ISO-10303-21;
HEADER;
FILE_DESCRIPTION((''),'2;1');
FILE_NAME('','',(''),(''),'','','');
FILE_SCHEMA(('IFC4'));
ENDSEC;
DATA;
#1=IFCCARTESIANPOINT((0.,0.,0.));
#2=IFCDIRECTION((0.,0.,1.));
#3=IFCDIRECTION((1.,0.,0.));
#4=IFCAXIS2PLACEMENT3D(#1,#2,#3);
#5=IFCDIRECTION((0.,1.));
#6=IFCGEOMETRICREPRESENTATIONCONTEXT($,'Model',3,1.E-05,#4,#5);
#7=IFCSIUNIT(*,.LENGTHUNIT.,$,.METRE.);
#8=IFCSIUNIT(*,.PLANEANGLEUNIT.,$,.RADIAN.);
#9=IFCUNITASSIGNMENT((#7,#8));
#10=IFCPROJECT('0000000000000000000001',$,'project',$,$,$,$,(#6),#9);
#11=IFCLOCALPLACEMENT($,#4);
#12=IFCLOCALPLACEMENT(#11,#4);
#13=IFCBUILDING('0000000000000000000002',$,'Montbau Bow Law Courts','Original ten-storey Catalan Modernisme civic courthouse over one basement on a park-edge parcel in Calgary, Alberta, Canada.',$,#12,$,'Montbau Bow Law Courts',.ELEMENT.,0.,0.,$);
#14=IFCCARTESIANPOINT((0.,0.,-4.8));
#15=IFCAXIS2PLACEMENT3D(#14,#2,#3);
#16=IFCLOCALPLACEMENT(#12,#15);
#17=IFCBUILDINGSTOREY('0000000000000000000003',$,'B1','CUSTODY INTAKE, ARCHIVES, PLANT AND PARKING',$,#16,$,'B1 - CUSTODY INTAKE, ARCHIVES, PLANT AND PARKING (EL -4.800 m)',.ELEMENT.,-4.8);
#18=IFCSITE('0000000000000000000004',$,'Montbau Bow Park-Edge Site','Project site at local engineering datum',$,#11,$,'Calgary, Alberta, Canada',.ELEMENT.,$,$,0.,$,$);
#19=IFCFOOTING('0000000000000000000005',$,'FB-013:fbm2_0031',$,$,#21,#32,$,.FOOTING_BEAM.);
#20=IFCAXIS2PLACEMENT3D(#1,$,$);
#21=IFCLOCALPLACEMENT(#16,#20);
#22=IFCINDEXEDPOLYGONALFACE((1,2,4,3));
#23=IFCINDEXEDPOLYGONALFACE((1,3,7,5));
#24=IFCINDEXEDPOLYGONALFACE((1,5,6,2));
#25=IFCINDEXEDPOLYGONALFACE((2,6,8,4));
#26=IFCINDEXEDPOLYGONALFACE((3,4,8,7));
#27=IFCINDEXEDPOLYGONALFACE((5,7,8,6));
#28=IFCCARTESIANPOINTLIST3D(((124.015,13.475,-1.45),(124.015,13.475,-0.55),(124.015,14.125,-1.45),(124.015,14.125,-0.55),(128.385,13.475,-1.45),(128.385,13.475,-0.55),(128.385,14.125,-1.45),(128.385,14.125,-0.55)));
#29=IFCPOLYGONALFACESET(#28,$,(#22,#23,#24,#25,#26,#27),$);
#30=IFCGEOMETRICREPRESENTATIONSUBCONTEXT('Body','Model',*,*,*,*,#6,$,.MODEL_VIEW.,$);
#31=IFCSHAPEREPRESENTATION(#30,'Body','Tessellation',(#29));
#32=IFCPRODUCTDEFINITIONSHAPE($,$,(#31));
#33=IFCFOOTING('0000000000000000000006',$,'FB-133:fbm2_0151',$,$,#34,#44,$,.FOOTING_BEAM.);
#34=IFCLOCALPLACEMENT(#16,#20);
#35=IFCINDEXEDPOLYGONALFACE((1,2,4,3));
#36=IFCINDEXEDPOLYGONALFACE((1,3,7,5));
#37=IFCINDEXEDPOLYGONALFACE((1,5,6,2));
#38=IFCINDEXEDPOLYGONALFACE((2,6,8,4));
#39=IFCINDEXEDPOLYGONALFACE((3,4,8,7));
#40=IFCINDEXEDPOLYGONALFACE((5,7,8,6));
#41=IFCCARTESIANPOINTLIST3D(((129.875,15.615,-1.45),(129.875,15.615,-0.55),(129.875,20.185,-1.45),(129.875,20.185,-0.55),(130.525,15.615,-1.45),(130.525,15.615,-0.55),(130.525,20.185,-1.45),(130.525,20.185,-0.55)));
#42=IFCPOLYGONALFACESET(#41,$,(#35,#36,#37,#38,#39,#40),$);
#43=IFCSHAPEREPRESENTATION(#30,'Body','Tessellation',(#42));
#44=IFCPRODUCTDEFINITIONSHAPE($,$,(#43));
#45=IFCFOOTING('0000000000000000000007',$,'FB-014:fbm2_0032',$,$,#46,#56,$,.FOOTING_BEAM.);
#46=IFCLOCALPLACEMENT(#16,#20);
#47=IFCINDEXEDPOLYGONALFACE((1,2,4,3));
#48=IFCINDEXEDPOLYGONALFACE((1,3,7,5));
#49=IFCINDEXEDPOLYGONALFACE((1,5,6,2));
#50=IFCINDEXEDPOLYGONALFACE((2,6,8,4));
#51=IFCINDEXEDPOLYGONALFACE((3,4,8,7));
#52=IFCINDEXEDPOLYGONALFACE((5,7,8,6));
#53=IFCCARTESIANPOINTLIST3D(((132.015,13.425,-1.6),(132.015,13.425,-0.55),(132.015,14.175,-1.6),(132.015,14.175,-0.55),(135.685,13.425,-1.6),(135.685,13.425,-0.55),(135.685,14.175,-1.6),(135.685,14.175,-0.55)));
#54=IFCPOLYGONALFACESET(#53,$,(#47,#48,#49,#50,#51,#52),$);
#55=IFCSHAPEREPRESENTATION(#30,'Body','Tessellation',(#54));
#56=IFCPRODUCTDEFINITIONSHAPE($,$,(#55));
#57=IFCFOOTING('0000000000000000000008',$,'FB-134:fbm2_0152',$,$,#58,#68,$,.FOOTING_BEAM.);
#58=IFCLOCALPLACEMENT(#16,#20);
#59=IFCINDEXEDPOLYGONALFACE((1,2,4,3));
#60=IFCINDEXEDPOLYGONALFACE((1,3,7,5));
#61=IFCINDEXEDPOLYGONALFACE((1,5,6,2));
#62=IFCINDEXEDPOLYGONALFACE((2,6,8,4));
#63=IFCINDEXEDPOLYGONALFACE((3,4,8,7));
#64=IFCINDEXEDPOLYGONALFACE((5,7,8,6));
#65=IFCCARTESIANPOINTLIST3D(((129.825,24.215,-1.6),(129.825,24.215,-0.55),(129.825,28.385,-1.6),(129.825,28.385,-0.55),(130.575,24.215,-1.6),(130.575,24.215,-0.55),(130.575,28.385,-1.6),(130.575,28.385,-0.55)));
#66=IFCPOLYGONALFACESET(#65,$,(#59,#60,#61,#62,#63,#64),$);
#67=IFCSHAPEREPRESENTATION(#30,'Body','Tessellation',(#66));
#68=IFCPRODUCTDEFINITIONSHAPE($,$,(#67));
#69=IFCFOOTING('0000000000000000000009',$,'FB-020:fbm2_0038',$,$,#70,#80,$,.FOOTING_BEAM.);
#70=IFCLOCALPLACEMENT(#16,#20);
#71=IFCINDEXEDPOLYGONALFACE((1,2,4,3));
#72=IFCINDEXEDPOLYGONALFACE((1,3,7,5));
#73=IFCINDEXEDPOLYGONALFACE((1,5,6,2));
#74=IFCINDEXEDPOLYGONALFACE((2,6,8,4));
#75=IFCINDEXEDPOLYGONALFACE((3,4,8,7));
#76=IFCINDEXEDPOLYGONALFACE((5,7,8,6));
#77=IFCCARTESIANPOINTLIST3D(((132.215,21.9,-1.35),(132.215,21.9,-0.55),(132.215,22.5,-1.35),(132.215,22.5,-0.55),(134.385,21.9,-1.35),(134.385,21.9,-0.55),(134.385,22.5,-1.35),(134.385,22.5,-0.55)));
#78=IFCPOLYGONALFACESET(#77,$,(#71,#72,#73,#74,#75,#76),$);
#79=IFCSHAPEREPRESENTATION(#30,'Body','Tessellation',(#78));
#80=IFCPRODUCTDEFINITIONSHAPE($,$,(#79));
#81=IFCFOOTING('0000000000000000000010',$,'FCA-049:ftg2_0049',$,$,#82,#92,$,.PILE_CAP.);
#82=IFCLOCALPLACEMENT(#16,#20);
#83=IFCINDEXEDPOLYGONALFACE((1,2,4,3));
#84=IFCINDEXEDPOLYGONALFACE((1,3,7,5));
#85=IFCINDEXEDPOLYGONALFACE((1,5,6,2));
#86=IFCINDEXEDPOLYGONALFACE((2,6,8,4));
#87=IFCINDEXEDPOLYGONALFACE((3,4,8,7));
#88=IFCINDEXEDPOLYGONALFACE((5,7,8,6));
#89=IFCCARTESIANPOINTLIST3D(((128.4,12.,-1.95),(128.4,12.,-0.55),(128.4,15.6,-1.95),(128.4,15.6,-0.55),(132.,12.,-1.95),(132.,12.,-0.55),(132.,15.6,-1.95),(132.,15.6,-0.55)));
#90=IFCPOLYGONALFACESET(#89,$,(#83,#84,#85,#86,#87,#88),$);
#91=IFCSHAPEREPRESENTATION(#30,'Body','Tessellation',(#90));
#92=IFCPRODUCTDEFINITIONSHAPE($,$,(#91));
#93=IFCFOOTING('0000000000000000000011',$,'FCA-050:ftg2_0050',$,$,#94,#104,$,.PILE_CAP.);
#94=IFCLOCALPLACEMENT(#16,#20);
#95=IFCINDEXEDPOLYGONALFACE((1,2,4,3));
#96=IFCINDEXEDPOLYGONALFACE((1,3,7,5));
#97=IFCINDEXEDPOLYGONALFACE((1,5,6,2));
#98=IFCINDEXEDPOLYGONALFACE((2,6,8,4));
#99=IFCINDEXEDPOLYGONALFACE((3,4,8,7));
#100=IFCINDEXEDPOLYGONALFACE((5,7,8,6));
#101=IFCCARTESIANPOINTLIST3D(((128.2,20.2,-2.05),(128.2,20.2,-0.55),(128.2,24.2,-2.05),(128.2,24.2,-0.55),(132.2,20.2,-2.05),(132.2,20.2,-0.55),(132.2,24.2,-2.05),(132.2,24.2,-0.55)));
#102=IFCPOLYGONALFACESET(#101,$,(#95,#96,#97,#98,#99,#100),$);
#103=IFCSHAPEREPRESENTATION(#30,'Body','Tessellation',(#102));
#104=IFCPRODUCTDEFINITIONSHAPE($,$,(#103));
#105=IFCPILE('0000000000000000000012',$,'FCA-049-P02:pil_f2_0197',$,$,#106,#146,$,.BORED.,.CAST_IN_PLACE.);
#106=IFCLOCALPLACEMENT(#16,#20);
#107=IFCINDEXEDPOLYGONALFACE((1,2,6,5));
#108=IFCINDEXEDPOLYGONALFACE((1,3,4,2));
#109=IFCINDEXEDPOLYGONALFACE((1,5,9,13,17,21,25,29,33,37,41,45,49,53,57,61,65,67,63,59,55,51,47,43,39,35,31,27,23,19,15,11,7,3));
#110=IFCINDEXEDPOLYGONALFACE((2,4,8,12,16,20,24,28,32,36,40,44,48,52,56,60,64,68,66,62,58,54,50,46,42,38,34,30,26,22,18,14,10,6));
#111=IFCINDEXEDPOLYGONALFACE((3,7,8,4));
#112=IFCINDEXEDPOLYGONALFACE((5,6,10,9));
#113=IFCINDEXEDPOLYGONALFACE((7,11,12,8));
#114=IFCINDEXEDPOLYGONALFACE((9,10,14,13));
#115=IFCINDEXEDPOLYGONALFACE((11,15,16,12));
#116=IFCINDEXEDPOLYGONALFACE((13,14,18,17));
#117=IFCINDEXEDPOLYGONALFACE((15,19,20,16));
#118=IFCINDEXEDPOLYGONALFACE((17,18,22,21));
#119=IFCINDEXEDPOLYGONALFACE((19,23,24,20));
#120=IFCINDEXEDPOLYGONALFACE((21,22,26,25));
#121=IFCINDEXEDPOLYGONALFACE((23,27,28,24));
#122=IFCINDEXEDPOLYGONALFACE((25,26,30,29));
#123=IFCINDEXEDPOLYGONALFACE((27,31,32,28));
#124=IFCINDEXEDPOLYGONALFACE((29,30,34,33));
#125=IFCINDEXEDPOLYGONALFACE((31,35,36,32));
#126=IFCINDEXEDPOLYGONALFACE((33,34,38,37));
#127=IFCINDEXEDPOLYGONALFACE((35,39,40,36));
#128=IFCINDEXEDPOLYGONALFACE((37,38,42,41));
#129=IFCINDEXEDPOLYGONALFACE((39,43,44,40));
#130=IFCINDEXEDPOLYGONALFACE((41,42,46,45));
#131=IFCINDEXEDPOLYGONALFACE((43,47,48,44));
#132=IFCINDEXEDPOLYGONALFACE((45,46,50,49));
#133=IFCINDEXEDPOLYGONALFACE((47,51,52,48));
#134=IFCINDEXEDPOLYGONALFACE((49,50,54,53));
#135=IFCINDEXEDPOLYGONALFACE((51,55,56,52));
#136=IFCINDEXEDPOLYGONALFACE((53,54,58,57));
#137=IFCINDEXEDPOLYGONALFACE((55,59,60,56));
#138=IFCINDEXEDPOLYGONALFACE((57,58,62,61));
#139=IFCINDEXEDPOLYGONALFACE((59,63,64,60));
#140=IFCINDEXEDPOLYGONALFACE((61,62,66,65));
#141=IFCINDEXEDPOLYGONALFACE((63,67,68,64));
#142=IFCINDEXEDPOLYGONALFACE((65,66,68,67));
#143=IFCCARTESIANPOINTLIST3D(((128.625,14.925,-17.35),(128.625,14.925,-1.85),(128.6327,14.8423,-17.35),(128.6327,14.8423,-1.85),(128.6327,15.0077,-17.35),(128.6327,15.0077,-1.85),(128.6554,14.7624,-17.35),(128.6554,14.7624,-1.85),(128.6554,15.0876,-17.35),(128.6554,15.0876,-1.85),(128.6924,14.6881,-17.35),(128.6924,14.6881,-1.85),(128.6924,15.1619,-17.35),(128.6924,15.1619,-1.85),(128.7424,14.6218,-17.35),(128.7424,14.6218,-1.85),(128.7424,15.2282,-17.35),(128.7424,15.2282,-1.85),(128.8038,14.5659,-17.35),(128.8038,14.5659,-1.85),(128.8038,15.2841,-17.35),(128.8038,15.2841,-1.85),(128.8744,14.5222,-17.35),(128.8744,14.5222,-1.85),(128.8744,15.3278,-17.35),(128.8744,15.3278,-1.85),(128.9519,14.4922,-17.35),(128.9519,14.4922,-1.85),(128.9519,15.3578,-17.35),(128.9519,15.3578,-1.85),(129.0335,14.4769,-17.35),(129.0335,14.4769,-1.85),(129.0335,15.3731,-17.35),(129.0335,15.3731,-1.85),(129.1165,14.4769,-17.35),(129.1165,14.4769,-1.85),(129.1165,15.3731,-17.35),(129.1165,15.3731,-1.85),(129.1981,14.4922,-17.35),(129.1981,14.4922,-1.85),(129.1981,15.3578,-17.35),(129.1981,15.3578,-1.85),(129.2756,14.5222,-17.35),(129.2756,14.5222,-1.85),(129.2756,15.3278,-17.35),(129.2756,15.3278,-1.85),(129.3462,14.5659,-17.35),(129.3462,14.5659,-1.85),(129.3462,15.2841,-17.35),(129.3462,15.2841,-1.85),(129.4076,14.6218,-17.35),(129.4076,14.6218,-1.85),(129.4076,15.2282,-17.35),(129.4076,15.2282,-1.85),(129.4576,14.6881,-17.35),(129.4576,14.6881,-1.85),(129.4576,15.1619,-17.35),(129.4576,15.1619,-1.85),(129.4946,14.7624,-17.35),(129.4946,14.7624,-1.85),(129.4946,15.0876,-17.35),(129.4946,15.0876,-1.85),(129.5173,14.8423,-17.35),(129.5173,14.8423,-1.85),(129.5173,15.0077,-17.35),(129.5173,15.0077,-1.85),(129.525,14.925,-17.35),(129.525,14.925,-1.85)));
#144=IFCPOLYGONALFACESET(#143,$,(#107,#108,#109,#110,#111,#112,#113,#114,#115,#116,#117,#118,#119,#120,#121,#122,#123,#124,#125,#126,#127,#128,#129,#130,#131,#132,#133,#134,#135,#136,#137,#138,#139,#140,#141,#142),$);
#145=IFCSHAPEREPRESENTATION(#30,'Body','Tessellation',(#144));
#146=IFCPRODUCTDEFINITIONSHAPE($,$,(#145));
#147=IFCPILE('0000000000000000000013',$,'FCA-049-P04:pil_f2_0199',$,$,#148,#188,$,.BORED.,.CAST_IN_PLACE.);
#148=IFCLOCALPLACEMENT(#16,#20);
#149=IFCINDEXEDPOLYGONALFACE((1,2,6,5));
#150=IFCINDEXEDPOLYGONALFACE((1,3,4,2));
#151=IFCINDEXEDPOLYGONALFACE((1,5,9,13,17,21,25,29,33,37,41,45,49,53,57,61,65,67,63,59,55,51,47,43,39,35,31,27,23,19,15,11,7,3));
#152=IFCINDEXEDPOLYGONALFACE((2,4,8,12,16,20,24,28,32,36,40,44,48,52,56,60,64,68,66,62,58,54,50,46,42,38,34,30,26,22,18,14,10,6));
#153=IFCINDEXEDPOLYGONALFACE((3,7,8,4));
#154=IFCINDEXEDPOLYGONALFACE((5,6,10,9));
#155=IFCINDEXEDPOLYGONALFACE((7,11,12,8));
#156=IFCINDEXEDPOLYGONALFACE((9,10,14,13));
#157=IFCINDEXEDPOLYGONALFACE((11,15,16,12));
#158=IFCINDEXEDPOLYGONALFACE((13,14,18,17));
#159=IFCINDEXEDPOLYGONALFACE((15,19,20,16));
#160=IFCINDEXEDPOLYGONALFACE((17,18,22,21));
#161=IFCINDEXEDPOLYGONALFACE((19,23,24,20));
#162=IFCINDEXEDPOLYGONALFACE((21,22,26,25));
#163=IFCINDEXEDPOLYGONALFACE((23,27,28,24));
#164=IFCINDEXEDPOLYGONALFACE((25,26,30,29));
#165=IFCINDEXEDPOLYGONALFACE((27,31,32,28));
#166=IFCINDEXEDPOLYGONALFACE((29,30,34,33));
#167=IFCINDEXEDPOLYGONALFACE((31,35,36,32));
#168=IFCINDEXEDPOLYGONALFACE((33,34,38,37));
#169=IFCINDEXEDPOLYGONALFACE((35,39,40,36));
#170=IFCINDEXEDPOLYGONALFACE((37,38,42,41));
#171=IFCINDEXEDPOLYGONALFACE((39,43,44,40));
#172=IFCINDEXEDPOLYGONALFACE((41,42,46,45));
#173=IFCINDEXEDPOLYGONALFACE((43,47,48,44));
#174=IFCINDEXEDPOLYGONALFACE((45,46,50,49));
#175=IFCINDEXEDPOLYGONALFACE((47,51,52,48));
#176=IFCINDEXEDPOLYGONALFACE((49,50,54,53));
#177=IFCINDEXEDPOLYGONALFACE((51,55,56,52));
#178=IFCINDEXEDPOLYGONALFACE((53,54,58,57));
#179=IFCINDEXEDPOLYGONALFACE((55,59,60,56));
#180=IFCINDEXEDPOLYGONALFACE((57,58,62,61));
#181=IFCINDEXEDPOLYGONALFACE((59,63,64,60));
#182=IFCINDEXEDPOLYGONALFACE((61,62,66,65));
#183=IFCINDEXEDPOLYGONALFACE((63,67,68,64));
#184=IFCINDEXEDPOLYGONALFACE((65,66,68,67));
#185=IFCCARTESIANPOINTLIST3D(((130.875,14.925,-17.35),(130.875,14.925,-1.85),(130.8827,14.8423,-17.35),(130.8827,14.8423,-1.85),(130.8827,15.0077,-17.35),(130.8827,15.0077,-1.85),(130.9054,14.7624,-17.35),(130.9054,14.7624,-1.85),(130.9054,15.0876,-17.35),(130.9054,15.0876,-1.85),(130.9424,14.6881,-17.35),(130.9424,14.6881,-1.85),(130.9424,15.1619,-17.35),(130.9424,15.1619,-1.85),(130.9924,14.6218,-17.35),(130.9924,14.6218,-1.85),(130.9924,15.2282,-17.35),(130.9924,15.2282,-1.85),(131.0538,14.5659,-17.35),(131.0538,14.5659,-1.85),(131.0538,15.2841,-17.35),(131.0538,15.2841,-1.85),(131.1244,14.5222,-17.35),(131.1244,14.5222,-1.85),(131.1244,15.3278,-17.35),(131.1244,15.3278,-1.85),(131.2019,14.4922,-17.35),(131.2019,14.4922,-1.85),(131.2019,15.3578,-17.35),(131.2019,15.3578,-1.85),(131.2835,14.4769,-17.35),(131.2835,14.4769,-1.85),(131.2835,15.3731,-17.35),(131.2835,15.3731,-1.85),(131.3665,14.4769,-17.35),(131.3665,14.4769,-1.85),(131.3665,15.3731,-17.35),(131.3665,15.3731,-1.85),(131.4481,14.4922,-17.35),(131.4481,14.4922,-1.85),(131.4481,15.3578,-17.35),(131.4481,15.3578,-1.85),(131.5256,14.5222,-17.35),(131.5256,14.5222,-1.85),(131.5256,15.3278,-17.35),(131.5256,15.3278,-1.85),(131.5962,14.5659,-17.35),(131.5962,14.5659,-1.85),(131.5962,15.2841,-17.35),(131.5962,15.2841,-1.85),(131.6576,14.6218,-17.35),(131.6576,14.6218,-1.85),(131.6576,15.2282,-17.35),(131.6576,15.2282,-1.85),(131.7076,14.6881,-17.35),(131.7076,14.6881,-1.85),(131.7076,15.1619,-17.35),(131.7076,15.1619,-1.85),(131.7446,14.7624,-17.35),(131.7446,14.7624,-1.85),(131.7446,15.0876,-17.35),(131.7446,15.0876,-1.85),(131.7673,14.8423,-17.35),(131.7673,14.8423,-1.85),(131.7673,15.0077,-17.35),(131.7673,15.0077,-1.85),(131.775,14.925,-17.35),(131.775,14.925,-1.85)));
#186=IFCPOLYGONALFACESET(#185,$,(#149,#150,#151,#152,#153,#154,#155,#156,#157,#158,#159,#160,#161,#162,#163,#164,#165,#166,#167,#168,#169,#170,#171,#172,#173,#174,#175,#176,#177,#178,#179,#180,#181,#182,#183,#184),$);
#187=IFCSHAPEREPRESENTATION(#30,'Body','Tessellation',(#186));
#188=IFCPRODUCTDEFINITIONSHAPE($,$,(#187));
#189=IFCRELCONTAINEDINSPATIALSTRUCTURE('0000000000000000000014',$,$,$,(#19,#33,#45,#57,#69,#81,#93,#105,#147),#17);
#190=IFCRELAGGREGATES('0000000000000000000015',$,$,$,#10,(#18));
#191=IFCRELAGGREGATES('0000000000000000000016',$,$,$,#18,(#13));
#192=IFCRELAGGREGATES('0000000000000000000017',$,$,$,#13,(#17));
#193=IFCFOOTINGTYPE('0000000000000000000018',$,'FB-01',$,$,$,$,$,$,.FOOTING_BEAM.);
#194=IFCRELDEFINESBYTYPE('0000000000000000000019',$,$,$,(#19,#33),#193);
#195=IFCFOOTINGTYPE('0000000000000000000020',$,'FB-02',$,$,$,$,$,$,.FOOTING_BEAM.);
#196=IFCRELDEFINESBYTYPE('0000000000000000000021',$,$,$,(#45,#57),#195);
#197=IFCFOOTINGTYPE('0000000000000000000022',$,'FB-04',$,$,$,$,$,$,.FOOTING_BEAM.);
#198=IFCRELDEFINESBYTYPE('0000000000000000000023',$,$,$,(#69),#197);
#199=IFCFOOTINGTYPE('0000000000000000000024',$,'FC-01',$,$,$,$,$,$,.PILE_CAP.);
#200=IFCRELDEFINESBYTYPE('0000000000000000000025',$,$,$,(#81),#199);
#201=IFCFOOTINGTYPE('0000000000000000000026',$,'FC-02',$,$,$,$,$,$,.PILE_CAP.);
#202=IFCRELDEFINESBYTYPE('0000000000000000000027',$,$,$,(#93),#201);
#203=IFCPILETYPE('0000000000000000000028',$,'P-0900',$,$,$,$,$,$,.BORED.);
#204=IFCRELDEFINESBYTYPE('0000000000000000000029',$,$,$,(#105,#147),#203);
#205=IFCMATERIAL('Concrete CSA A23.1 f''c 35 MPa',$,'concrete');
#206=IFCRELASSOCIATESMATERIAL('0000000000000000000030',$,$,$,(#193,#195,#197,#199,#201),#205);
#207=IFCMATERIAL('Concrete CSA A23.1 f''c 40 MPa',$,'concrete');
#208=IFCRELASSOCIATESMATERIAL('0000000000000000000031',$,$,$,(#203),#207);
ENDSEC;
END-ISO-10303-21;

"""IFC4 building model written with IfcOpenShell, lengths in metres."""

from ifc_helpers import new_model, si_unit, direction, frame, origin_with_axes, origin_2d_with_axis, place, context, subcontext, project, spatial, rectangle, circle, extrude, material, material_profile, profile_set, type_object, element, save


model = new_model("IFC4")

# Units and contexts
model_context = context("Model", 3, precision=1e-05, world=origin_with_axes(), true_north=direction((0.0, 1.0)))
body_context = subcontext(model_context, "Body", "Model", "MODEL_VIEW")
ifc_project = project(units=[si_unit("LENGTHUNIT", "METRE"), si_unit("PLANEANGLEUNIT", "RADIAN")], contexts=[model_context])

# Site, building, storey
site_placement = place(None, origin_with_axes())
site = spatial("IfcSite", under=ifc_project, at=site_placement, Name="Montbau Bow Park-Edge Site", Description="Project site at local engineering datum", LongName="Calgary, Alberta, Canada", CompositionType="ELEMENT", RefElevation=0.0)
building_placement = place(site_placement, origin_with_axes())
building = spatial("IfcBuilding", under=site, at=building_placement, Name="Montbau Bow Law Courts", Description="Original ten-storey Catalan Modernisme civic courthouse over one basement on a park-edge parcel in Calgary, Alberta, Canada.", LongName="Montbau Bow Law Courts", CompositionType="ELEMENT", ElevationOfRefHeight=0.0, ElevationOfTerrain=0.0)
storey_placement = place(building_placement, frame((0.0, 0.0, -4.8), z_axis=(0.0, 0.0, 1.0), x_axis=(1.0, 0.0, 0.0)))
storey = spatial("IfcBuildingStorey", under=building, at=storey_placement, Name="B1", Description="CUSTODY INTAKE, ARCHIVES, PLANT AND PARKING", LongName="B1 - CUSTODY INTAKE, ARCHIVES, PLANT AND PARKING (EL -4.800 m)", CompositionType="ELEMENT", Elevation=-4.8)

# Footings
ifc_material_1 = material(Name="Concrete CSA A23.1 f'c 35 MPa", Category="concrete")
footing_type_1 = type_object("IfcFootingType", Name="FB-01", PredefinedType="FOOTING_BEAM", material=ifc_material_1)
footing_1_placement = place(None, frame((126.2, 13.8, -6.25), z_axis=(0.0, 0.0, 1.0), x_axis=(1.0, 0.0, 0.0)))
element("IfcFooting", 1, at=footing_1_placement, inside=storey, type_object=footing_type_1, Name="FB-013:fbm2_0031", PredefinedType="FOOTING_BEAM", context=body_context, shape_type="SweptSolid", body=[
    extrude(rectangle(XDim=4.37, YDim=0.65, at=origin_2d_with_axis()), origin_with_axes(), (0.0, 0.0, 1.0), 0.9),
])
footing_2_placement = place(None, frame((130.2, 17.9, -6.25), z_axis=(0.0, 0.0, 1.0), x_axis=(0.0, 1.0, 0.0)))
element("IfcFooting", 2, at=footing_2_placement, inside=storey, type_object=footing_type_1, Name="FB-133:fbm2_0151", PredefinedType="FOOTING_BEAM", context=body_context, shape_type="SweptSolid", body=[
    extrude(rectangle(XDim=4.57, YDim=0.65, at=origin_2d_with_axis()), origin_with_axes(), (0.0, 0.0, 1.0), 0.9),
])
footing_type_2 = type_object("IfcFootingType", Name="FB-02", PredefinedType="FOOTING_BEAM", material=ifc_material_1)
footing_3_placement = place(None, frame((133.85, 13.8, -6.4), z_axis=(0.0, 0.0, 1.0), x_axis=(1.0, 0.0, 0.0)))
element("IfcFooting", 3, at=footing_3_placement, inside=storey, type_object=footing_type_2, Name="FB-014:fbm2_0032", PredefinedType="FOOTING_BEAM", context=body_context, shape_type="SweptSolid", body=[
    extrude(rectangle(XDim=3.67, YDim=0.75, at=origin_2d_with_axis()), origin_with_axes(), (0.0, 0.0, 1.0), 1.05),
])
footing_4_placement = place(None, frame((130.2, 26.3, -6.4), z_axis=(0.0, 0.0, 1.0), x_axis=(0.0, 1.0, 0.0)))
element("IfcFooting", 4, at=footing_4_placement, inside=storey, type_object=footing_type_2, Name="FB-134:fbm2_0152", PredefinedType="FOOTING_BEAM", context=body_context, shape_type="SweptSolid", body=[
    extrude(rectangle(XDim=4.17, YDim=0.75, at=origin_2d_with_axis()), origin_with_axes(), (0.0, 0.0, 1.0), 1.05),
])
footing_type_3 = type_object("IfcFootingType", Name="FB-04", PredefinedType="FOOTING_BEAM", material=ifc_material_1)
footing_5_placement = place(None, frame((133.3, 22.2, -6.15), z_axis=(0.0, 0.0, 1.0), x_axis=(1.0, 0.0, 0.0)))
element("IfcFooting", 5, at=footing_5_placement, inside=storey, type_object=footing_type_3, Name="FB-020:fbm2_0038", PredefinedType="FOOTING_BEAM", context=body_context, shape_type="SweptSolid", body=[
    extrude(rectangle(XDim=2.17, YDim=0.6, at=origin_2d_with_axis()), origin_with_axes(), (0.0, 0.0, 1.0), 0.8),
])
footing_type_4 = type_object("IfcFootingType", Name="FC-01", PredefinedType="PILE_CAP", material=ifc_material_1)
footing_6_placement = place(None, frame((130.2, 13.8, -6.75), z_axis=(0.0, 0.0, 1.0), x_axis=(1.0, 0.0, 0.0)))
element("IfcFooting", 6, at=footing_6_placement, inside=storey, type_object=footing_type_4, Name="FCA-049:ftg2_0049", PredefinedType="PILE_CAP", context=body_context, shape_type="SweptSolid", body=[
    extrude(rectangle(XDim=3.6, YDim=3.6, at=origin_2d_with_axis()), origin_with_axes(), (0.0, 0.0, 1.0), 1.4),
])
footing_type_5 = type_object("IfcFootingType", Name="FC-02", PredefinedType="PILE_CAP", material=ifc_material_1)
footing_7_placement = place(None, frame((130.2, 22.2, -6.85), z_axis=(0.0, 0.0, 1.0), x_axis=(1.0, 0.0, 0.0)))
element("IfcFooting", 7, at=footing_7_placement, inside=storey, type_object=footing_type_5, Name="FCA-050:ftg2_0050", PredefinedType="PILE_CAP", context=body_context, shape_type="SweptSolid", body=[
    extrude(rectangle(XDim=4.0, YDim=4.0, at=origin_2d_with_axis()), origin_with_axes(), (0.0, 0.0, 1.0), 1.5),
])

# Piles
ifc_material_2 = material(Name="Concrete CSA A23.1 f'c 40 MPa", Category="concrete")
ifc_material_profile_1 = material_profile(ifc_material_2, circle(Radius=0.45, at=origin_2d_with_axis()), Name="BP900", Category="Main", Priority=0)
ifc_profile_set_1 = profile_set([ifc_material_profile_1], Name="Concrete CSA A23.1 f'c 40 MPa")
pile_type_1 = type_object("IfcPileType", Name="P-0900", PredefinedType="BORED", material=ifc_profile_set_1)
for number, where, z_axis, x_axis, name in (
    (8, (129.075, 14.925, -22.15), (0.0, 0.0, 1.0), (1.0, 0.0, 0.0), "FCA-049-P02:pil_f2_0197"),
    (9, (131.325, 14.925, -22.15), (0.0, 0.0, 1.0), (1.0, 0.0, 0.0), "FCA-049-P04:pil_f2_0199"),
):
    element("IfcPile", number, at=place(None, frame(where, z_axis=z_axis, x_axis=x_axis)), inside=storey, type_object=pile_type_1, Name=name, ConstructionType="CAST_IN_PLACE", PredefinedType="BORED", context=body_context, shape_type="SweptSolid", body=[
        extrude(circle(Radius=0.45, at=origin_2d_with_axis()), origin_with_axes(), (0.0, 0.0, 1.0), 15.5),
    ])

save(model, "model.ifc")
